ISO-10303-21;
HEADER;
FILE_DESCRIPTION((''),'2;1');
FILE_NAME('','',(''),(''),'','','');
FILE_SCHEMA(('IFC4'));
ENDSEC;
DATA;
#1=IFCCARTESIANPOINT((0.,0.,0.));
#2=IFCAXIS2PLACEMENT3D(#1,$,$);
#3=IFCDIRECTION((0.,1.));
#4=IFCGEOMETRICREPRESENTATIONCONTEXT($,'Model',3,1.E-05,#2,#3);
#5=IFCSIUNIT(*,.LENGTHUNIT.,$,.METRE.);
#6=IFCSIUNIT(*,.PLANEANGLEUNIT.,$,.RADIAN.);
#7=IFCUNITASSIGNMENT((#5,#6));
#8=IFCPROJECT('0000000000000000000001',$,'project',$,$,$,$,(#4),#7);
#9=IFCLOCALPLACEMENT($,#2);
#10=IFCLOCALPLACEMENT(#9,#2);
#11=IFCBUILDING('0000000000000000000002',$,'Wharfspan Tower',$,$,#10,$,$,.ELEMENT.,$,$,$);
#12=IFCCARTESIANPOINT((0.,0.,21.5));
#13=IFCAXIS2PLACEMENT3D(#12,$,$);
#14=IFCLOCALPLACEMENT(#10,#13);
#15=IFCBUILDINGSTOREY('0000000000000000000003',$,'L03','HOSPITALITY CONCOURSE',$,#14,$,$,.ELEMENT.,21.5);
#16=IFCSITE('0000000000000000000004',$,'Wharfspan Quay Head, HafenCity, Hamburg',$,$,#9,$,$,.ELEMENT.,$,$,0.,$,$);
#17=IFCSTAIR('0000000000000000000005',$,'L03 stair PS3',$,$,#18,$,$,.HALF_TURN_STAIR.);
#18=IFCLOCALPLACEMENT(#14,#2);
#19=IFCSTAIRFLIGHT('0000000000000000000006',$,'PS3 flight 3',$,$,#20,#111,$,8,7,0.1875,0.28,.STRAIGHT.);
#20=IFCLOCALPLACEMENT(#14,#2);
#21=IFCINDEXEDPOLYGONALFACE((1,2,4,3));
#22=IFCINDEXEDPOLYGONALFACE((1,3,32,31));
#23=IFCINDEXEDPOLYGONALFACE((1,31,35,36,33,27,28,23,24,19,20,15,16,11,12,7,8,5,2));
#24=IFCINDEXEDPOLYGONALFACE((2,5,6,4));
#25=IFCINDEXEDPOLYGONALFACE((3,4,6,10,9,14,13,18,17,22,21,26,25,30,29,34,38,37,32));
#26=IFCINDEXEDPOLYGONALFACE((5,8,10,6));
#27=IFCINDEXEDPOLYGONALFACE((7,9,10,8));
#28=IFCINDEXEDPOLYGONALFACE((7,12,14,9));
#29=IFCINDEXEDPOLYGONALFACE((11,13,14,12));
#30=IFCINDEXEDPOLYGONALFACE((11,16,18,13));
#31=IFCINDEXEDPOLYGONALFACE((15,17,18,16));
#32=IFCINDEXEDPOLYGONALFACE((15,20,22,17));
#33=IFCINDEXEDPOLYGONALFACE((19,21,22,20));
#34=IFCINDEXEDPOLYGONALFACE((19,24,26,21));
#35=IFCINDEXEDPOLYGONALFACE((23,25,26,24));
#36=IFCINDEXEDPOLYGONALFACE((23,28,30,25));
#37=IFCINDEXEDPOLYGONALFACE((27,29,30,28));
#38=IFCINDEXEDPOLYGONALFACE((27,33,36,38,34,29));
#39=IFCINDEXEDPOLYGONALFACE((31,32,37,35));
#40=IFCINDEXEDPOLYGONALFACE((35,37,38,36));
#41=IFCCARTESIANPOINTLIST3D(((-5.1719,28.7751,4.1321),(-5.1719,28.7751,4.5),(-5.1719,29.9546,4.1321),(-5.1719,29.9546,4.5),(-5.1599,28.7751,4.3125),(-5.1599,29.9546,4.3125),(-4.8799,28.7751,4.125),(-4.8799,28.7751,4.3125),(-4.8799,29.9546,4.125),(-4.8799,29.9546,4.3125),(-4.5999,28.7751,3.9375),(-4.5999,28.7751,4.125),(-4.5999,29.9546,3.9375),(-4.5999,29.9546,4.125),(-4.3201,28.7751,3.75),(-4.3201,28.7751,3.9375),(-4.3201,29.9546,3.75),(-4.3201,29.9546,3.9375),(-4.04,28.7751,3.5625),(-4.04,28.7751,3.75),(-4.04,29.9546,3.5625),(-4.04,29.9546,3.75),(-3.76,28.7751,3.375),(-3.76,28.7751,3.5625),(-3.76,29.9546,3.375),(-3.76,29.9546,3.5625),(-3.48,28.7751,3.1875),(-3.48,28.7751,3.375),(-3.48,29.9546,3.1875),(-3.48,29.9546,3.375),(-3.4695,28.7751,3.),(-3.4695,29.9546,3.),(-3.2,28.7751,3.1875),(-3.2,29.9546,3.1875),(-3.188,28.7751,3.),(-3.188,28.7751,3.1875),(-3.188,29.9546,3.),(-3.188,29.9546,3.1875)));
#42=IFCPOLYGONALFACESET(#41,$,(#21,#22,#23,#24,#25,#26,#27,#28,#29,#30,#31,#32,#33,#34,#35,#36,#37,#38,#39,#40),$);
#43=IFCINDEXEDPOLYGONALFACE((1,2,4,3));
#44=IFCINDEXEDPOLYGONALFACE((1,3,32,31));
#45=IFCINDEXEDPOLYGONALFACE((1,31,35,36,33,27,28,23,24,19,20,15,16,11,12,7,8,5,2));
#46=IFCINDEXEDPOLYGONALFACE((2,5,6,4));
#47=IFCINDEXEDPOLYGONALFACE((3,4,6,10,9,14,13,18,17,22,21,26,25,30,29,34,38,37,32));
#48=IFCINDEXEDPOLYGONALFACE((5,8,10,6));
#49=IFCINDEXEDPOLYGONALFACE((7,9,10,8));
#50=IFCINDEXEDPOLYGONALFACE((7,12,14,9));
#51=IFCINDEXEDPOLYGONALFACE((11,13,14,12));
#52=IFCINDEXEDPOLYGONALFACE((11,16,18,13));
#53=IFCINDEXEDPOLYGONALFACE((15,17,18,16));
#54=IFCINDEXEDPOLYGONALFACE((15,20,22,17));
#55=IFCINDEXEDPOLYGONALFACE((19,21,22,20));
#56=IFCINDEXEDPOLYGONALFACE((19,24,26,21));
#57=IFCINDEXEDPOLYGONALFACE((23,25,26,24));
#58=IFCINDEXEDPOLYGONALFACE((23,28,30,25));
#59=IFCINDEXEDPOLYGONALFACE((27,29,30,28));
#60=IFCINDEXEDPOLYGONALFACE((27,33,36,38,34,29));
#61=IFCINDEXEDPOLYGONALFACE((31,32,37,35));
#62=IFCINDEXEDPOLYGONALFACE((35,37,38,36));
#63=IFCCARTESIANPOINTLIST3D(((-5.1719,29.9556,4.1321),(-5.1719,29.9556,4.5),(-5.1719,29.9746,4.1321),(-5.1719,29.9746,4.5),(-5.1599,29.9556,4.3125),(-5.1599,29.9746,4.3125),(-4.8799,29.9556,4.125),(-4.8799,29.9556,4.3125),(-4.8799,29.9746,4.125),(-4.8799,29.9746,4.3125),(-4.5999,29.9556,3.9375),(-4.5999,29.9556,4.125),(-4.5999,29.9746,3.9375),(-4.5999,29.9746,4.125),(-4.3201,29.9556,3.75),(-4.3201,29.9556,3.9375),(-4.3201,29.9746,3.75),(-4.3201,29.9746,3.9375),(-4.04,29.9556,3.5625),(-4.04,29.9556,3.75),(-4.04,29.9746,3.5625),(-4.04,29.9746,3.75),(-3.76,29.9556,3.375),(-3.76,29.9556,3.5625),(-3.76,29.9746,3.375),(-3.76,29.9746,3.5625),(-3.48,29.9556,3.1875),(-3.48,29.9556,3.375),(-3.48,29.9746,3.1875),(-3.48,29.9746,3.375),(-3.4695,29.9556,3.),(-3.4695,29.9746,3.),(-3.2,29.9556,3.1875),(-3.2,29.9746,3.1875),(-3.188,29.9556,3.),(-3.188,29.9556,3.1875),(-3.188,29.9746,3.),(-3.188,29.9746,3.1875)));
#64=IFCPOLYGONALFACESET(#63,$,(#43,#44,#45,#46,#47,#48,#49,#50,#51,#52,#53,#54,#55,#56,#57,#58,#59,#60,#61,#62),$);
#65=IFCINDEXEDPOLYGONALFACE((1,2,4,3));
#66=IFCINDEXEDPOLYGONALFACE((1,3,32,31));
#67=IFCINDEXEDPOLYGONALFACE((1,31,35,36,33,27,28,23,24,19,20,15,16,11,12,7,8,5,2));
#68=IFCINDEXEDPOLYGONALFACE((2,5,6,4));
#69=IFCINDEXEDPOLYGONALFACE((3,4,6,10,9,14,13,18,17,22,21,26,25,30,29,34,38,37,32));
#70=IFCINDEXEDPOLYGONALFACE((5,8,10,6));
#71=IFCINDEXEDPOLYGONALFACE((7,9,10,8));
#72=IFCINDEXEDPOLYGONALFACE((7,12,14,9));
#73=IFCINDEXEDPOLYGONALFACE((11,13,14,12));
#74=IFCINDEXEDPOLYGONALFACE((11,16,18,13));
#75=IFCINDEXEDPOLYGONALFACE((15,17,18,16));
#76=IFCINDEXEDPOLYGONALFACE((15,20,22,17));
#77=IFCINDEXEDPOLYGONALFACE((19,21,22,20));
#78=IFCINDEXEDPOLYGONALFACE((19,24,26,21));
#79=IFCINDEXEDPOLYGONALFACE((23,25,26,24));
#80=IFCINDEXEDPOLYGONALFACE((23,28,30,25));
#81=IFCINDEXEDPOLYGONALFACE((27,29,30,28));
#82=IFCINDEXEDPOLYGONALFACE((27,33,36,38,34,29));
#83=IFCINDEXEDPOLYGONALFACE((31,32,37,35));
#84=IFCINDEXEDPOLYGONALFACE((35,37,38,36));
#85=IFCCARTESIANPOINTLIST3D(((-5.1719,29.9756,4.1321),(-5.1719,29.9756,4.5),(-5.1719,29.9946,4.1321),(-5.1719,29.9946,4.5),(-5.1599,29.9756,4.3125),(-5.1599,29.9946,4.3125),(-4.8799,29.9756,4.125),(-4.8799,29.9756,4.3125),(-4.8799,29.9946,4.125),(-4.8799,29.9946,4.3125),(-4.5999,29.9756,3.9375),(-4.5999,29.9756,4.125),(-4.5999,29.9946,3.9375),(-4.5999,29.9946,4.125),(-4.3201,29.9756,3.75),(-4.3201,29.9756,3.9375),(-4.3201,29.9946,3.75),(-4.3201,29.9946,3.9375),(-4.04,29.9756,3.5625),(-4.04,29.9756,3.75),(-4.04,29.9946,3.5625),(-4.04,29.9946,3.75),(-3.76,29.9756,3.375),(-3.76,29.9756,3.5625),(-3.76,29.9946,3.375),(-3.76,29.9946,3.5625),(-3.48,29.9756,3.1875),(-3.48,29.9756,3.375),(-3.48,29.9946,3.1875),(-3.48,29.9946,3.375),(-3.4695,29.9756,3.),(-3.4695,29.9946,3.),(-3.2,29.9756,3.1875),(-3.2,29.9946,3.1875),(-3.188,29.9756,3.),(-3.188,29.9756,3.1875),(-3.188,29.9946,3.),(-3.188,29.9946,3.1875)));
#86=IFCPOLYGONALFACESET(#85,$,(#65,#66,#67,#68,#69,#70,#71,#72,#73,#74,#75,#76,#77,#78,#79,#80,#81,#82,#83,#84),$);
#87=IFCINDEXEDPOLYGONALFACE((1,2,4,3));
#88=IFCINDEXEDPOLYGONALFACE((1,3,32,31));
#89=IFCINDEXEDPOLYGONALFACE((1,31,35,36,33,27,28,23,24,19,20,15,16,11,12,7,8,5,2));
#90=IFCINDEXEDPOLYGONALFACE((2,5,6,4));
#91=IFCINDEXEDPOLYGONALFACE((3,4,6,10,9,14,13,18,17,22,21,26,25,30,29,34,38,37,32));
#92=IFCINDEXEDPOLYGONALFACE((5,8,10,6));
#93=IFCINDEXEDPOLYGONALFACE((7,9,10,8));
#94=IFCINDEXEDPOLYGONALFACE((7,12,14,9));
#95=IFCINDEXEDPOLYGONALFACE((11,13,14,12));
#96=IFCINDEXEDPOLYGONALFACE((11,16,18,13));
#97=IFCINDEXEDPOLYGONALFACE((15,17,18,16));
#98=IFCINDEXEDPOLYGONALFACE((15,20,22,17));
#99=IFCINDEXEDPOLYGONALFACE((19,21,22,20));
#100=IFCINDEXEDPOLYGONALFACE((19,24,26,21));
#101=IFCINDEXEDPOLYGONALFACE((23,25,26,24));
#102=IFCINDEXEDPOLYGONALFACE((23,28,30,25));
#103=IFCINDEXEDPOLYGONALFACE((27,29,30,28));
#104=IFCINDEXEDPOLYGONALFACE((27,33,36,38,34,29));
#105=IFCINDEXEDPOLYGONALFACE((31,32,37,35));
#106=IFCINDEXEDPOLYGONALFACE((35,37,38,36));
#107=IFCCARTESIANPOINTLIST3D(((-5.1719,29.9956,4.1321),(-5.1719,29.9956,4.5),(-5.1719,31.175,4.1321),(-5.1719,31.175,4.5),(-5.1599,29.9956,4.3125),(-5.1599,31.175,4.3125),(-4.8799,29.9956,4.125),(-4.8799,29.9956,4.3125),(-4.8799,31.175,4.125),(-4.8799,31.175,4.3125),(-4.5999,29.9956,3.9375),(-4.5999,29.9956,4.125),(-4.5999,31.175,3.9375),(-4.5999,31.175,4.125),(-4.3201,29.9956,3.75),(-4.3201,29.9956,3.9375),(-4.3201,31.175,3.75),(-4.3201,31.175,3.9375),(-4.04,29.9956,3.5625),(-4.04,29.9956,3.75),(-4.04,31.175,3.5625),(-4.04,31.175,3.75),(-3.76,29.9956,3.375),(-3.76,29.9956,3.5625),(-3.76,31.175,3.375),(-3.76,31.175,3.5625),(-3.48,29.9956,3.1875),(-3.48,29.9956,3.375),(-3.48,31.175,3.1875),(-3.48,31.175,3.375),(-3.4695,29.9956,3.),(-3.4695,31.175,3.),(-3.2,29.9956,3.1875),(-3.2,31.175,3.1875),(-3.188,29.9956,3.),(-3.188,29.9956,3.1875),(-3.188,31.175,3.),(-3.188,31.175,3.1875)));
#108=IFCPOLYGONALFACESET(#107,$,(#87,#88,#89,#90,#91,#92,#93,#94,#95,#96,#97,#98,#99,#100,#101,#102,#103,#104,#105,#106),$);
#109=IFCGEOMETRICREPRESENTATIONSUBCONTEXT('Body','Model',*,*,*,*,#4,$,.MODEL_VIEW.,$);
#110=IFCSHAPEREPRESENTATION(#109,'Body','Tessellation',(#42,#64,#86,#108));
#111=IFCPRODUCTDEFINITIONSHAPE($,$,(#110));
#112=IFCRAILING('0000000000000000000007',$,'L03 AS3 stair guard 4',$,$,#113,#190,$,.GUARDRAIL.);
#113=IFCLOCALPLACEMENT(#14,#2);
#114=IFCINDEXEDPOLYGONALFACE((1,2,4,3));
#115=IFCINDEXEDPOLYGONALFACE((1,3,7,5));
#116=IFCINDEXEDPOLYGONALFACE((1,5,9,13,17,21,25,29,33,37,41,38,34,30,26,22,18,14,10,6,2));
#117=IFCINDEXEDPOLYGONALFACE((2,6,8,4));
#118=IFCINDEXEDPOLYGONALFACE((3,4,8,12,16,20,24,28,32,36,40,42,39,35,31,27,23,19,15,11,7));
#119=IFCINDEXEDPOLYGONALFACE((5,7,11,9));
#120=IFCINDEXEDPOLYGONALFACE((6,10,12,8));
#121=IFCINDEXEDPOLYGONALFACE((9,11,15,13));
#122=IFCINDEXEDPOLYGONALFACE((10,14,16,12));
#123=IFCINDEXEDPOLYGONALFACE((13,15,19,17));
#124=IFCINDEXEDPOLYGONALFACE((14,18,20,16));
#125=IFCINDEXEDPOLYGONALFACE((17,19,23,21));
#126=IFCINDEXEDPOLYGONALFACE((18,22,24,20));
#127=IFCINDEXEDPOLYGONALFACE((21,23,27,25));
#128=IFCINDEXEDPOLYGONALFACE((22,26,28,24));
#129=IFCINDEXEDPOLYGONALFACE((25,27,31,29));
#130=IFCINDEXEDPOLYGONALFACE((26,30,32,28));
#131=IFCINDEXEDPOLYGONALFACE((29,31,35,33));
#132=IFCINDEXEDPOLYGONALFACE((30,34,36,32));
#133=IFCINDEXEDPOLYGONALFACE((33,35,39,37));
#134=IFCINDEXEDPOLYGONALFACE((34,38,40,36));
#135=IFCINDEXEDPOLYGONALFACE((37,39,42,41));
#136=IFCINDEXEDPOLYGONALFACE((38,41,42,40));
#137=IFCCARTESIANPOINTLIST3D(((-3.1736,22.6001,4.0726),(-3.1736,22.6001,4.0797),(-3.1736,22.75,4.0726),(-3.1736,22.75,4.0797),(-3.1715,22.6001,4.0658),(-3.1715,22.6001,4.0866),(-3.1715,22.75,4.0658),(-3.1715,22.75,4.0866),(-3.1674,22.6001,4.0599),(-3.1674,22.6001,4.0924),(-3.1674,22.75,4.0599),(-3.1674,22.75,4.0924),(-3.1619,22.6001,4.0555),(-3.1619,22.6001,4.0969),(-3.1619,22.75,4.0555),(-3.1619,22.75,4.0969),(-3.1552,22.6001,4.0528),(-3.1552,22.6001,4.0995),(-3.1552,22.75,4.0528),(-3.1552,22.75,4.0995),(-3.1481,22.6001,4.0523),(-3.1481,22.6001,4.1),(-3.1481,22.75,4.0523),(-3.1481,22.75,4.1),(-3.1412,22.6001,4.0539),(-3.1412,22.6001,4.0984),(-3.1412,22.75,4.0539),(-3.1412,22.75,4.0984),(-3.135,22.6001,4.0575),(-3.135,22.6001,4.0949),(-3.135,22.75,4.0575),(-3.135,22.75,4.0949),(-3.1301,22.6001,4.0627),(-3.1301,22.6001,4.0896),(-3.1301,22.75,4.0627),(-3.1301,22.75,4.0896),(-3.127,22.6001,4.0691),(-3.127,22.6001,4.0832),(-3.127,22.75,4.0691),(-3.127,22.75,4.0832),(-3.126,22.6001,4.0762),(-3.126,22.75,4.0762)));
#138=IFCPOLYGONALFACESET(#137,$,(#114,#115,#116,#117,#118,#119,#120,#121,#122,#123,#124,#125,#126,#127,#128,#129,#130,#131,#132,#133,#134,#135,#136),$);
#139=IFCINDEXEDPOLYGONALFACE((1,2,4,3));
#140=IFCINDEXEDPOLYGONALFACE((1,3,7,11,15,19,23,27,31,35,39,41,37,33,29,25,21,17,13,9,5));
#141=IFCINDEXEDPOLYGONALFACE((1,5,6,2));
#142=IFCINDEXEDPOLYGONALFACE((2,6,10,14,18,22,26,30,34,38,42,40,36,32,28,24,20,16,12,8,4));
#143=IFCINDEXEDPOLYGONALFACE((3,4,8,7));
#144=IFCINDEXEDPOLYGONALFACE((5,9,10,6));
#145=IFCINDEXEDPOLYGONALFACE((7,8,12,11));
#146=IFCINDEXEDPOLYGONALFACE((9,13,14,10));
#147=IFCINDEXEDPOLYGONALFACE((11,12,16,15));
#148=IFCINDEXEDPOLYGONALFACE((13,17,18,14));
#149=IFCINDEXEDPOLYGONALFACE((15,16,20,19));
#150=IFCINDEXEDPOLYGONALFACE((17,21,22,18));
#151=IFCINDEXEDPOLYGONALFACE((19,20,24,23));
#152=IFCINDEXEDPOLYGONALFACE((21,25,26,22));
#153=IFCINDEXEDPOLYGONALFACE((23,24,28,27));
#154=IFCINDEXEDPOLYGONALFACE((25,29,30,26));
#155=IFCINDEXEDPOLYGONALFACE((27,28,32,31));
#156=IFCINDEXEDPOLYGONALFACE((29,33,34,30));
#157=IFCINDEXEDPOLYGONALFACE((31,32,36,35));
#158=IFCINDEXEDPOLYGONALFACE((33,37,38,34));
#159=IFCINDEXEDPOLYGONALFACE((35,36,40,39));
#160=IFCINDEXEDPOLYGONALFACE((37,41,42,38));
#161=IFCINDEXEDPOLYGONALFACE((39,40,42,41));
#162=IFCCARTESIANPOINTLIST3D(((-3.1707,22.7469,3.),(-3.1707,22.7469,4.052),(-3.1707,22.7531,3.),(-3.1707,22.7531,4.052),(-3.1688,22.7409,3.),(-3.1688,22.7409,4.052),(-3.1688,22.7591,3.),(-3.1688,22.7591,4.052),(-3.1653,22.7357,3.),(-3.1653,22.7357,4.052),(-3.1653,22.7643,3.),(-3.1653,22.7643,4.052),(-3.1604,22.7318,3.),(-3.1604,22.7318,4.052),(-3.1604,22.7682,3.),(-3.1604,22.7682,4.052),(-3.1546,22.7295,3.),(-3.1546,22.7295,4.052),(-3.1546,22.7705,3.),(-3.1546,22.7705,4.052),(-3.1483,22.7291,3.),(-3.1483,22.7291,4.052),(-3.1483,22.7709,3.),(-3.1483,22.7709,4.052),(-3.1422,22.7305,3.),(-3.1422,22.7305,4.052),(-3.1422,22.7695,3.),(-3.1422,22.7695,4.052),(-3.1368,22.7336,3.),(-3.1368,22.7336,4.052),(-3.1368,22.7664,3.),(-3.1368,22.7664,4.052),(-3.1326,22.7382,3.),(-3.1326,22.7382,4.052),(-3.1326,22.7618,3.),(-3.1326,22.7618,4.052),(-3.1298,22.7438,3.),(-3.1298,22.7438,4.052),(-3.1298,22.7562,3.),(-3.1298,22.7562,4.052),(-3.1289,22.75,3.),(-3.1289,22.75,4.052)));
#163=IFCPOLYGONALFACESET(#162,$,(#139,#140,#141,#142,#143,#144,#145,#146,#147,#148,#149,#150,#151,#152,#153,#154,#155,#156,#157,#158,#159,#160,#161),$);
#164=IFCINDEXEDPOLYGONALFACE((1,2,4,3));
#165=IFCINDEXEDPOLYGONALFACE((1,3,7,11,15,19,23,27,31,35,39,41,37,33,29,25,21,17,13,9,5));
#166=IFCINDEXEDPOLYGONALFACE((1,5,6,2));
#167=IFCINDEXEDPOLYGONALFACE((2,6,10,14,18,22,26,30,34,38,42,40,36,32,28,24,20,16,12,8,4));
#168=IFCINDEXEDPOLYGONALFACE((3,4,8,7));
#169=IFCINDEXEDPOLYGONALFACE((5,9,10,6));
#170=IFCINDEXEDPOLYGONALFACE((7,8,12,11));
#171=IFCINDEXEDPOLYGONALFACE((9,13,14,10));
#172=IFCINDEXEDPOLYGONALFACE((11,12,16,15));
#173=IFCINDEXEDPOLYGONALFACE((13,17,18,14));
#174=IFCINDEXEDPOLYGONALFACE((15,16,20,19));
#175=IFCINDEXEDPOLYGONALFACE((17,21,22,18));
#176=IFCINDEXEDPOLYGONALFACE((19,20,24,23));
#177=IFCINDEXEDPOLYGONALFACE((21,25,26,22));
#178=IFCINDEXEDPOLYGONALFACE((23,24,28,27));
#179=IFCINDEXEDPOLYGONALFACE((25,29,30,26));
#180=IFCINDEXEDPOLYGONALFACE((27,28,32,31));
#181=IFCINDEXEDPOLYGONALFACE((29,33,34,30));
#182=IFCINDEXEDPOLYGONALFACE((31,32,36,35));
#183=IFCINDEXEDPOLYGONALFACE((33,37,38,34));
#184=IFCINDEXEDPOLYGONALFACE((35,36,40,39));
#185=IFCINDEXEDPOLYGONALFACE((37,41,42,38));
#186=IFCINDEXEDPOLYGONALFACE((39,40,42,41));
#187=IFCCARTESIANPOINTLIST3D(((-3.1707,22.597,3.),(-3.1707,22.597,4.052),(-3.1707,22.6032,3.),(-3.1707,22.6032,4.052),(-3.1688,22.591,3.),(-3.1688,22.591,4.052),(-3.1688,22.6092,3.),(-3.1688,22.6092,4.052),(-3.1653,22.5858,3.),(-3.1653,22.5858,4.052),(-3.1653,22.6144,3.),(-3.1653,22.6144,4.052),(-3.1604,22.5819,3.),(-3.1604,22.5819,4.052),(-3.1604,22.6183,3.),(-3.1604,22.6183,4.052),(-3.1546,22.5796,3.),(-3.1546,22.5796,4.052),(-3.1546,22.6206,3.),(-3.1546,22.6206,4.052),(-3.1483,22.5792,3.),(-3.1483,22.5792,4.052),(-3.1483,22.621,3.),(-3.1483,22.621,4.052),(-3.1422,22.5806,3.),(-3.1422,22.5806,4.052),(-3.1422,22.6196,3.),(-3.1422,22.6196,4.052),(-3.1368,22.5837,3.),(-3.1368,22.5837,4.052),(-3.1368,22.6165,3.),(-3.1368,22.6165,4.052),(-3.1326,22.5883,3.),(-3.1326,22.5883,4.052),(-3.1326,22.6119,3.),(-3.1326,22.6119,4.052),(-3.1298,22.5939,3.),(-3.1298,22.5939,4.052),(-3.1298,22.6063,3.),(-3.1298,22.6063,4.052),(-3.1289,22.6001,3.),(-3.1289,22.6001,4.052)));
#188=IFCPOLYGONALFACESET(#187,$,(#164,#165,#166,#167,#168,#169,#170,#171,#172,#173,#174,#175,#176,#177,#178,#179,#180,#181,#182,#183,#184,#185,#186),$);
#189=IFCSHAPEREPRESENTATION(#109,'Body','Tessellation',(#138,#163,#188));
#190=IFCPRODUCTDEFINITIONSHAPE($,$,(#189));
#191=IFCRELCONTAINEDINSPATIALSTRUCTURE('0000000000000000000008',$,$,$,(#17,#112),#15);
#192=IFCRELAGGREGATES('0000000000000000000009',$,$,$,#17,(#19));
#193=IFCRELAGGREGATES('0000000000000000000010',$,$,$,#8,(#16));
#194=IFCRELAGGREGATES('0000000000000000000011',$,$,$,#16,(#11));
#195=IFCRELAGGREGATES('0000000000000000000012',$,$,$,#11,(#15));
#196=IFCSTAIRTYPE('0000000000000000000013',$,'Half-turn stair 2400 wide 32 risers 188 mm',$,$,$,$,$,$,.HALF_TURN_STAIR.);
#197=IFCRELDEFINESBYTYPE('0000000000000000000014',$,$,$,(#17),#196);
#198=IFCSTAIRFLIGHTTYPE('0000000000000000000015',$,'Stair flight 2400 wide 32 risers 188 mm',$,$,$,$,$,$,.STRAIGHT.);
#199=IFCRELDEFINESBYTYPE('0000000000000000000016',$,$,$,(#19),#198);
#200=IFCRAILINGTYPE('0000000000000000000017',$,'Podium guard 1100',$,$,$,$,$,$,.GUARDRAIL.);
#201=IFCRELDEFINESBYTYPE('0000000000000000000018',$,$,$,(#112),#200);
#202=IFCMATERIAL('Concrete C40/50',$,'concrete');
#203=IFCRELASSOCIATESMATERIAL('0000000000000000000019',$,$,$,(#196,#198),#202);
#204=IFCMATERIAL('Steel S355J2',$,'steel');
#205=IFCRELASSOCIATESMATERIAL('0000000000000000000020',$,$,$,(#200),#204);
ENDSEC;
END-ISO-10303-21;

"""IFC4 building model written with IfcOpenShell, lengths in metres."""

from ifc_helpers import new_model, si_unit, direction, frame, origin, origin_2d, place, context, subcontext, project, spatial, polyline, circle, outline, extrude, material, type_object, element, aggregate, save


model = new_model("IFC4")

# Units and contexts
model_context = context("Model", 3, precision=1e-05, world=origin(), true_north=direction((0.0, 1.0)))
body_context = subcontext(model_context, "Body", "Model", "MODEL_VIEW")
ifc_project = project(units=[si_unit("LENGTHUNIT", "METRE"), si_unit("PLANEANGLEUNIT", "RADIAN")], contexts=[model_context])

# Site, building, storey
site_placement = place(None, origin())
site = spatial("IfcSite", under=ifc_project, at=site_placement, Name="Wharfspan Quay Head, HafenCity, Hamburg", CompositionType="ELEMENT", RefElevation=0.0)
building_placement = place(site_placement, origin())
building = spatial("IfcBuilding", under=site, at=building_placement, Name="Wharfspan Tower", CompositionType="ELEMENT")
storey_placement = place(building_placement, frame((0.0, 0.0, 21.5)))
storey = spatial("IfcBuildingStorey", under=building, at=storey_placement, Name="L03", Description="HOSPITALITY CONCOURSE", CompositionType="ELEMENT", Elevation=21.5)

# Shared definitions
ifc_material_1 = material(Name="Concrete C40/50", Category="concrete")

# Stair, stair flight
stair_type = type_object("IfcStairType", Name="Half-turn stair 2400 wide 32 risers 188 mm", PredefinedType="HALF_TURN_STAIR", material=ifc_material_1)
stair_placement = place(storey_placement, origin())
stair = element("IfcStair", 1, at=stair_placement, inside=storey, type_object=stair_type, Name="L03 stair PS3", PredefinedType="HALF_TURN_STAIR")
stair_flight_type = type_object("IfcStairFlightType", Name="Stair flight 2400 wide 32 risers 188 mm", PredefinedType="STRAIGHT", material=ifc_material_1)
stair_flight_1_placement = place(storey_placement, frame((-3.2, 29.9751, 3.0), z_axis=(0.0, 0.0, 1.0), x_axis=(-1.0, 0.0, 0.0)))
stair_flight_1 = element("IfcStairFlight", 2, at=stair_flight_1_placement, type_object=stair_flight_type, Name="PS3 flight 3", NumberOfRisers=8, NumberOfTreads=7, PredefinedType="STRAIGHT", RiserHeight=0.1875, TreadLength=0.28, context=body_context, shape_type="SweptSolid", body=[
    extrude(outline(polyline([(-0.012, 0.0), (-0.012, 0.1875), (0.0, 0.1875), (0.28, 0.1875), (0.28, 0.375), (0.5601, 0.375), (0.5601, 0.5625), (0.8401, 0.5625), (0.8401, 0.75), (1.1201, 0.75), (1.1201, 0.9375), (1.3999, 0.9375), (1.3999, 1.125), (1.6799, 1.125), (1.6799, 1.3125), (1.96, 1.3125), (1.9719, 1.5), (1.9719, 1.1321), (0.2695, 0.0), (-0.012, 0.0)])), frame((0.0, 1.2, 0.0), z_axis=(0.0, -1.0, 0.0), x_axis=(1.0, 0.0, 0.0)), (0.0, 0.0, 1.0), 1.1794),
    extrude(outline(polyline([(-0.012, 0.0), (-0.012, 0.1875), (0.0, 0.1875), (0.28, 0.1875), (0.28, 0.375), (0.5601, 0.375), (0.5601, 0.5625), (0.8401, 0.5625), (0.8401, 0.75), (1.1201, 0.75), (1.1201, 0.9375), (1.3999, 0.9375), (1.3999, 1.125), (1.6799, 1.125), (1.6799, 1.3125), (1.96, 1.3125), (1.9719, 1.5), (1.9719, 1.1321), (0.2695, 0.0), (-0.012, 0.0)])), frame((0.0, 0.0195, 0.0), z_axis=(0.0, -1.0, 0.0), x_axis=(1.0, 0.0, 0.0)), (0.0, 0.0, 1.0), 0.019),
    extrude(outline(polyline([(-0.012, 0.0), (-0.012, 0.1875), (0.0, 0.1875), (0.28, 0.1875), (0.28, 0.375), (0.5601, 0.375), (0.5601, 0.5625), (0.8401, 0.5625), (0.8401, 0.75), (1.1201, 0.75), (1.1201, 0.9375), (1.3999, 0.9375), (1.3999, 1.125), (1.6799, 1.125), (1.6799, 1.3125), (1.96, 1.3125), (1.9719, 1.5), (1.9719, 1.1321), (0.2695, 0.0), (-0.012, 0.0)])), frame((0.0, -0.0005, 0.0), z_axis=(0.0, -1.0, 0.0), x_axis=(1.0, 0.0, 0.0)), (0.0, 0.0, 1.0), 0.019),
    extrude(outline(polyline([(-0.012, 0.0), (-0.012, 0.1875), (0.0, 0.1875), (0.28, 0.1875), (0.28, 0.375), (0.5601, 0.375), (0.5601, 0.5625), (0.8401, 0.5625), (0.8401, 0.75), (1.1201, 0.75), (1.1201, 0.9375), (1.3999, 0.9375), (1.3999, 1.125), (1.6799, 1.125), (1.6799, 1.3125), (1.96, 1.3125), (1.9719, 1.5), (1.9719, 1.1321), (0.2695, 0.0), (-0.012, 0.0)])), frame((0.0, -0.0205, 0.0), z_axis=(0.0, -1.0, 0.0), x_axis=(1.0, 0.0, 0.0)), (0.0, 0.0, 1.0), 1.1794),
])
aggregate(stair, [stair_flight_1])

# Railing
ifc_material_2 = material(Name="Steel S355J2", Category="steel")
railing_type = type_object("IfcRailingType", Name="Podium guard 1100", PredefinedType="GUARDRAIL", material=ifc_material_2)
for number, where, name in (
    (3, (-3.1499, 22.75, 3.0), "L03 AS3 stair guard 4"),
):
    element("IfcRailing", number, at=place(storey_placement, frame(where)), inside=storey, type_object=railing_type, Name=name, PredefinedType="GUARDRAIL", context=body_context, shape_type="SweptSolid", body=[
        extrude(circle(Radius=0.0239, at=origin_2d()), frame((0.0, 0.0, 1.0762), z_axis=(0.0, -1.0, 0.0), x_axis=(1.0, 0.0, 0.0)), (0.0, 0.0, 1.0), 0.1499),
        extrude(circle(Radius=0.021, at=origin_2d()), origin(), (0.0, 0.0, 1.0), 1.052),
        extrude(circle(Radius=0.021, at=origin_2d()), frame((0.0, -0.1499, 0.0)), (0.0, 0.0, 1.0), 1.052),
    ])

save(model, "model.ifc")
